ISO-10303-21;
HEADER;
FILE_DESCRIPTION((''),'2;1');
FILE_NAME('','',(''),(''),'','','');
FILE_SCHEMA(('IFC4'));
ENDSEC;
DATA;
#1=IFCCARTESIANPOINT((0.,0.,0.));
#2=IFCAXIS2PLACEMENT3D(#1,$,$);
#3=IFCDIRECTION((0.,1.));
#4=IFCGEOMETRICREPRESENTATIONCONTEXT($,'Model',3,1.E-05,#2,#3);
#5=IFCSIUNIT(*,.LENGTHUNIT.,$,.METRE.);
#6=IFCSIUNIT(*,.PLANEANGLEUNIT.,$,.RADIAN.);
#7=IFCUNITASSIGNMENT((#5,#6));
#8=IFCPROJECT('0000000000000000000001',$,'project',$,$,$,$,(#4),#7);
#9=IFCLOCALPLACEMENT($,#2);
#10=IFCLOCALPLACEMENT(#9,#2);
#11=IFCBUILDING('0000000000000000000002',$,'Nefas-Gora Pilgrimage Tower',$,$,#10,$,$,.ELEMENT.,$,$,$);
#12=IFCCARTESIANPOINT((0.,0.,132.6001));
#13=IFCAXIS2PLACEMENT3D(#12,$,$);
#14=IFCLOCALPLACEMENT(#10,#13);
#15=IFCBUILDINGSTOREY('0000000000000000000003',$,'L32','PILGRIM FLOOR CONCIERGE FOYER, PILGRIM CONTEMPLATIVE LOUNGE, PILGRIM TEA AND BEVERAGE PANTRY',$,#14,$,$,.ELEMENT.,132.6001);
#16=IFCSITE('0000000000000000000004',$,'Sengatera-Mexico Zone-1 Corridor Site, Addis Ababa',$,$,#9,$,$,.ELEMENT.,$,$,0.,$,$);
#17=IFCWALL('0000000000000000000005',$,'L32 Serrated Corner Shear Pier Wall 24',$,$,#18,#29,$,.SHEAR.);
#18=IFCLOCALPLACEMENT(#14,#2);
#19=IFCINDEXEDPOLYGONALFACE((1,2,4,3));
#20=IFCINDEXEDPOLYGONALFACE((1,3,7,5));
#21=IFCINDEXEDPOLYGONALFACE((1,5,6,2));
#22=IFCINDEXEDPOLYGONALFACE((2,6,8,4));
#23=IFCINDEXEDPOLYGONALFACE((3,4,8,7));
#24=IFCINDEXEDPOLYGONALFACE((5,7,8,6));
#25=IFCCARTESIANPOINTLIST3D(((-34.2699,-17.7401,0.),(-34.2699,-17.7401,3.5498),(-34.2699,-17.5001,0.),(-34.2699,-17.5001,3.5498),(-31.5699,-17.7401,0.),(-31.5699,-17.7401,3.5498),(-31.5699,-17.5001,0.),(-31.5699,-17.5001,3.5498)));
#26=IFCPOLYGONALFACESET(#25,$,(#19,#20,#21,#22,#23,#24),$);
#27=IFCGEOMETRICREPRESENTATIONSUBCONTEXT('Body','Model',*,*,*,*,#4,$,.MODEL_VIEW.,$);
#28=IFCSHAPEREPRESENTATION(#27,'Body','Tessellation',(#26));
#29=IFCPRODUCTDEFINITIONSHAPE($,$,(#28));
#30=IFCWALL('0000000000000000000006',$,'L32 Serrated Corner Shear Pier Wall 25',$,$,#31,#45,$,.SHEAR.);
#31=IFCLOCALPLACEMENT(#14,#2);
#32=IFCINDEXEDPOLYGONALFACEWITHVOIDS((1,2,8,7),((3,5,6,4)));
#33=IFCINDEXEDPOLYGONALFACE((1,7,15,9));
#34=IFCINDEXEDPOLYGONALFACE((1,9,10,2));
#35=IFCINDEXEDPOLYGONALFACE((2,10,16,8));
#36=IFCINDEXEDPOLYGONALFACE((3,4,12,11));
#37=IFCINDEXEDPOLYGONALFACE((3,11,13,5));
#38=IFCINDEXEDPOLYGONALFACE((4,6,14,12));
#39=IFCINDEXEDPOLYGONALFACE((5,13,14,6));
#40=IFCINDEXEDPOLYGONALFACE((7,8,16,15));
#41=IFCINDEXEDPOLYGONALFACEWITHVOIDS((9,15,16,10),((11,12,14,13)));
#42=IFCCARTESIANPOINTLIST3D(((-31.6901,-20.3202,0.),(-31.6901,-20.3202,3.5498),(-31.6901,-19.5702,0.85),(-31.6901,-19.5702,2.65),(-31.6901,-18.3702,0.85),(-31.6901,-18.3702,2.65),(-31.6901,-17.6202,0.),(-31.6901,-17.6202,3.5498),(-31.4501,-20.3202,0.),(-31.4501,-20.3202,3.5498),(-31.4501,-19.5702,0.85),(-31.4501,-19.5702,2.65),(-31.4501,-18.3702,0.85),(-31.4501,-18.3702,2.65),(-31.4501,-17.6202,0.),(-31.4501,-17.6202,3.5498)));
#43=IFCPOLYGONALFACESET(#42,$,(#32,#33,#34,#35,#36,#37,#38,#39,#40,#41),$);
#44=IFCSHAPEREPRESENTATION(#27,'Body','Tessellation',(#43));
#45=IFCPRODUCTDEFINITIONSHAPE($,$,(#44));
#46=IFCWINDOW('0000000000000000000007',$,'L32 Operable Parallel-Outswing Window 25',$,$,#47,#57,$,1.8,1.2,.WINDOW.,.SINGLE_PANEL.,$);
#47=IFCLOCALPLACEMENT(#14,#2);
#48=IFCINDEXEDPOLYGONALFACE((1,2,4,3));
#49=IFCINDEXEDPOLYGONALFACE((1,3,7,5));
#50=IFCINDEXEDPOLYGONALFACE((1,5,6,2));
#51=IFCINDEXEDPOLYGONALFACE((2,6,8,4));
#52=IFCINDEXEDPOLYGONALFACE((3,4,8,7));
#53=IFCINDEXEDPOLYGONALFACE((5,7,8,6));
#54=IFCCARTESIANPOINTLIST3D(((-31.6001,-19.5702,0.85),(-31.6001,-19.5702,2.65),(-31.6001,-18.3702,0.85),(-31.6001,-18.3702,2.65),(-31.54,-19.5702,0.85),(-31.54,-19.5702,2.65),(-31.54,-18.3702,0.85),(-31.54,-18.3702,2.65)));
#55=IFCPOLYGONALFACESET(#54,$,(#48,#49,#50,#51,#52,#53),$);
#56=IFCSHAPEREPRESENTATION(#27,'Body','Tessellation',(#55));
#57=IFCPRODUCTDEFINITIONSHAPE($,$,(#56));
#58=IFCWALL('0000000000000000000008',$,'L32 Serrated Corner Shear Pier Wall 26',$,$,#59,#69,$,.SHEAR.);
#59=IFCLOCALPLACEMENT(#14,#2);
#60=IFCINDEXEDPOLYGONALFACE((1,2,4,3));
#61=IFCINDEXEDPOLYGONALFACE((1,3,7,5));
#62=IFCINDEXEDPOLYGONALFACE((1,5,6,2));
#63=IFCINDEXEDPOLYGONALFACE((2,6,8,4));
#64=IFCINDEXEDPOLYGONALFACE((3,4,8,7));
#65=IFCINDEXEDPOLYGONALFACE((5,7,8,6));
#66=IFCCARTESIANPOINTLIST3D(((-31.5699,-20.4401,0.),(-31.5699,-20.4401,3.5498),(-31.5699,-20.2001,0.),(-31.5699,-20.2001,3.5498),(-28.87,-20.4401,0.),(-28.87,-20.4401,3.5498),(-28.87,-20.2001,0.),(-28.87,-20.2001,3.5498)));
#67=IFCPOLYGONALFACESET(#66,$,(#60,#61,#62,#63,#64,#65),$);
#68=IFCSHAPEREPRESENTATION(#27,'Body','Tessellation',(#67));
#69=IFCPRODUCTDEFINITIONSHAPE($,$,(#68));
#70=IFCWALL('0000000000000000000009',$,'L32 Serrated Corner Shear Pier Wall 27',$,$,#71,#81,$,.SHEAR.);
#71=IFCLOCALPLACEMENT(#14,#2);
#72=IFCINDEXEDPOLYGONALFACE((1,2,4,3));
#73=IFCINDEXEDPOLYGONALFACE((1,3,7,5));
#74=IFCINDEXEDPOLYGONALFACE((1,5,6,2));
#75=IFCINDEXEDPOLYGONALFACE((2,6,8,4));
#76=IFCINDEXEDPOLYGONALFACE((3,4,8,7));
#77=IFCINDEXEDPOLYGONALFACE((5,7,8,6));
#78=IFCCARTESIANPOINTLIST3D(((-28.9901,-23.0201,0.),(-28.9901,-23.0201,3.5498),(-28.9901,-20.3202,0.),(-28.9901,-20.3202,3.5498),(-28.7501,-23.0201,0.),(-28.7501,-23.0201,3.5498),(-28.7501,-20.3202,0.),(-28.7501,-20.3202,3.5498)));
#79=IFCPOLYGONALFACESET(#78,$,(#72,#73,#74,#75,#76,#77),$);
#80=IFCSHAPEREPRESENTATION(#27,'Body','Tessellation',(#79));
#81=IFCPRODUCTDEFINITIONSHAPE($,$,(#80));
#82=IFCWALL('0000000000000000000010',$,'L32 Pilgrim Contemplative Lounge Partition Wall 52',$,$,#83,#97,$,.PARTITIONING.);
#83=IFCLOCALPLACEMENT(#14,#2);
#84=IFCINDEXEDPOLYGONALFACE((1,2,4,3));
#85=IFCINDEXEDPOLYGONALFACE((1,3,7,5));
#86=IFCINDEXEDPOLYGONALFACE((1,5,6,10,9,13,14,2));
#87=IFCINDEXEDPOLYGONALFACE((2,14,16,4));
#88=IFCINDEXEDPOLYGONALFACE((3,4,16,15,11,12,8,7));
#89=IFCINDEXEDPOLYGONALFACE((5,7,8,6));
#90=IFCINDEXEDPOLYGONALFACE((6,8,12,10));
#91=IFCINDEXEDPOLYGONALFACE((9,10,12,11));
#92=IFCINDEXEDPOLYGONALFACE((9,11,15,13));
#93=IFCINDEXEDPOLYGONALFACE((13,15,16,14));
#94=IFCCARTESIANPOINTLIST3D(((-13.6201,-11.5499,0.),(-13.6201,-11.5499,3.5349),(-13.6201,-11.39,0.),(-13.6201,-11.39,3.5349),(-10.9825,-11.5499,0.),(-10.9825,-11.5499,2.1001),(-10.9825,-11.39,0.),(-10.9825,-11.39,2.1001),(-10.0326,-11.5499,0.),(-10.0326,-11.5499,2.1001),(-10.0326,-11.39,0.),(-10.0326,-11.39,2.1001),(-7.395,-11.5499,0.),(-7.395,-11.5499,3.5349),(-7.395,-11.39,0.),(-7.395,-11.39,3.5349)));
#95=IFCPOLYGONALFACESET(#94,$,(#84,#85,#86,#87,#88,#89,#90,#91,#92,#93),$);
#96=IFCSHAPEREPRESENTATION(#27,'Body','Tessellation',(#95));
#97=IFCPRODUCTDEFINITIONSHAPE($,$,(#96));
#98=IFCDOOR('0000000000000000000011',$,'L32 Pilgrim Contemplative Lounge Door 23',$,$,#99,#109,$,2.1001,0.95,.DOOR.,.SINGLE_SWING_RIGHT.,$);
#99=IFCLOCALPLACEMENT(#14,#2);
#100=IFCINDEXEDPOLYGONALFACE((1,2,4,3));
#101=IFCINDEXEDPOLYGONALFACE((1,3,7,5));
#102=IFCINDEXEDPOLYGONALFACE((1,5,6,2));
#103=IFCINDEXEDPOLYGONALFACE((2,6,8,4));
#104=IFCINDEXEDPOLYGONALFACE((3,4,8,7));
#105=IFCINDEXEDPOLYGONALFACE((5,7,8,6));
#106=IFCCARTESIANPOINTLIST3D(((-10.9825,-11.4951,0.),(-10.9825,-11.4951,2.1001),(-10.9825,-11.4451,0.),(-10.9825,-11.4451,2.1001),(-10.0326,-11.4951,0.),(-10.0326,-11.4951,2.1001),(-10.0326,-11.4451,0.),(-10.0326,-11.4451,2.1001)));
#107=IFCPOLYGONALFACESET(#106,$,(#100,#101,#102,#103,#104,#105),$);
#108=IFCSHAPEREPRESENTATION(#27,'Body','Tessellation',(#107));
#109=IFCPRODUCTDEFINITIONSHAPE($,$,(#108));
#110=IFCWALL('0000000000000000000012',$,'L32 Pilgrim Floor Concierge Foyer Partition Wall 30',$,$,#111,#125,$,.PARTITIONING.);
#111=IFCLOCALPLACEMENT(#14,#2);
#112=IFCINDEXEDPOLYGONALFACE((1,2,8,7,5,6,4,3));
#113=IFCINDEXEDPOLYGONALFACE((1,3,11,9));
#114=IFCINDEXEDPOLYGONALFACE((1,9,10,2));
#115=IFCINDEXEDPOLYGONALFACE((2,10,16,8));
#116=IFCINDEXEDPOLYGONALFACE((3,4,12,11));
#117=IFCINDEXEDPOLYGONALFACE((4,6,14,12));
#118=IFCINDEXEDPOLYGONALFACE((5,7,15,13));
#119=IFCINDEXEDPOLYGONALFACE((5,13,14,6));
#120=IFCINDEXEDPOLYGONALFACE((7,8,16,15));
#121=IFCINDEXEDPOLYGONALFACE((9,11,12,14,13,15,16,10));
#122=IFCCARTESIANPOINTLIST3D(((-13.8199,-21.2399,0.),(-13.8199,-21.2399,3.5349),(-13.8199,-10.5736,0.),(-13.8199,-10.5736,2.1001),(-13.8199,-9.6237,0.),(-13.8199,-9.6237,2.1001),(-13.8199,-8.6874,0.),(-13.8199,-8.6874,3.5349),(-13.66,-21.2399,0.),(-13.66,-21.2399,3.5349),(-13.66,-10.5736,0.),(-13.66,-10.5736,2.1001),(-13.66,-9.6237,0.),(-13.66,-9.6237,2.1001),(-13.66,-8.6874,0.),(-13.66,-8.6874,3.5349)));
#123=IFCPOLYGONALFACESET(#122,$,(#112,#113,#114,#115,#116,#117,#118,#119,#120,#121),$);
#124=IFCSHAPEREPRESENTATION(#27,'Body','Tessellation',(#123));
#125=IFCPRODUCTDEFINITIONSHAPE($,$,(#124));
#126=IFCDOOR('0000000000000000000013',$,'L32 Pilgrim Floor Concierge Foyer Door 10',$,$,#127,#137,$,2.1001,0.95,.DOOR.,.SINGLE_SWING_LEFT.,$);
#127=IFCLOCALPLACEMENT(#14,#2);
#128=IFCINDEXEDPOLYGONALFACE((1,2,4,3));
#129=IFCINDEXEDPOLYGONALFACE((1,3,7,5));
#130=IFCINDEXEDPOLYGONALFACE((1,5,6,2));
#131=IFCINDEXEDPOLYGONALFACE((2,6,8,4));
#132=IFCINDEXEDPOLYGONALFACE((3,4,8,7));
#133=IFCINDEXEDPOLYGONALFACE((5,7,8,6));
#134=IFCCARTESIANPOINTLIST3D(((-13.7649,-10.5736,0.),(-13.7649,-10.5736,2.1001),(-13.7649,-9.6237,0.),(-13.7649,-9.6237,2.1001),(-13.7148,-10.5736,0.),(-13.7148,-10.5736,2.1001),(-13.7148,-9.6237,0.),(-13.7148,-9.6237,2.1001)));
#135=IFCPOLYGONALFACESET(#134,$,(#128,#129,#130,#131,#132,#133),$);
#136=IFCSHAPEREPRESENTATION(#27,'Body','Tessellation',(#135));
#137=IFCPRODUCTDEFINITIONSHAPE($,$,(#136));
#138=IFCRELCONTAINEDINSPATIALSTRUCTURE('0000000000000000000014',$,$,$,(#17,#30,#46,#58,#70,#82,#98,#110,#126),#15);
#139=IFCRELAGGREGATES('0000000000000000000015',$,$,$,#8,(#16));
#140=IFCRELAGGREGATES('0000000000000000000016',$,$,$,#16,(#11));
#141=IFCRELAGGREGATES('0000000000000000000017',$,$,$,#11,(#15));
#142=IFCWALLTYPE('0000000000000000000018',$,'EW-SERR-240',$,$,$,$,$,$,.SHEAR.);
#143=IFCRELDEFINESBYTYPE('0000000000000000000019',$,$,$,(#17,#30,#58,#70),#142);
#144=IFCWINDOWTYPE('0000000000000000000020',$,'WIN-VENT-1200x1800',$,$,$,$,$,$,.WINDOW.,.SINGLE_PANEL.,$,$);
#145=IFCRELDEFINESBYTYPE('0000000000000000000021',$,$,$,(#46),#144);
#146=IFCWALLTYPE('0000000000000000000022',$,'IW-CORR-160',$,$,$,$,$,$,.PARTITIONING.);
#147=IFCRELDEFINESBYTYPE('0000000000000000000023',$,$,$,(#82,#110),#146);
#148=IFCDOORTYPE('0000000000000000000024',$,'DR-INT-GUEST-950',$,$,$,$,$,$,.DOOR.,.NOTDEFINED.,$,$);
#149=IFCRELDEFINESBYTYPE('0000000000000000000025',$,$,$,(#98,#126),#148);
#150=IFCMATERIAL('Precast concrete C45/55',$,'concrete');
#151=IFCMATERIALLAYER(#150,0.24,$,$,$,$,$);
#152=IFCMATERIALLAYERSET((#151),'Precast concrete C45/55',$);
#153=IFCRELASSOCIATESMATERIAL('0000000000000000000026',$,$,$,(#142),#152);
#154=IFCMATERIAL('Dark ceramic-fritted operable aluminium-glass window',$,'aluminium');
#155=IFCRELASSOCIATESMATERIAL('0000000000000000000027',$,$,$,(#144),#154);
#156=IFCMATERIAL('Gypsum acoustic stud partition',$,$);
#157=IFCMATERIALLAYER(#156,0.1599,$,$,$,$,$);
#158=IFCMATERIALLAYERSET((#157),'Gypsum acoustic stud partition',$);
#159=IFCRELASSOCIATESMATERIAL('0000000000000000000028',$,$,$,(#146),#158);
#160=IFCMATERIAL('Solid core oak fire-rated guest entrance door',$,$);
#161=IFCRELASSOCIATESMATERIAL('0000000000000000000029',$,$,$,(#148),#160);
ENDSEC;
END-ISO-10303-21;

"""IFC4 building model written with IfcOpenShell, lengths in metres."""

from ifc_helpers import new_model, si_unit, direction, frame, frame_2d, origin, place, context, subcontext, project, spatial, rectangle, extrude, source, transform, mapped, material, layer, layer_set, type_object, element, fill, save


model = new_model("IFC4")

# Units and contexts
model_context = context("Model", 3, precision=1e-05, world=origin(), true_north=direction((0.0, 1.0)))
body_context = subcontext(model_context, "Body", "Model", "MODEL_VIEW")
ifc_project = project(units=[si_unit("LENGTHUNIT", "METRE"), si_unit("PLANEANGLEUNIT", "RADIAN")], contexts=[model_context])

# Site, building, storey
site_placement = place(None, origin())
site = spatial("IfcSite", under=ifc_project, at=site_placement, Name="Sengatera-Mexico Zone-1 Corridor Site, Addis Ababa", CompositionType="ELEMENT", RefElevation=0.0)
building_placement = place(site_placement, origin())
building = spatial("IfcBuilding", under=site, at=building_placement, Name="Nefas-Gora Pilgrimage Tower", CompositionType="ELEMENT")
storey_placement = place(building_placement, frame((0.0, 0.0, 132.6001)))
storey = spatial("IfcBuildingStorey", under=building, at=storey_placement, Name="L32", Description="PILGRIM FLOOR CONCIERGE FOYER, PILGRIM CONTEMPLATIVE LOUNGE, PILGRIM TEA AND BEVERAGE PANTRY", CompositionType="ELEMENT", Elevation=132.6001)

# Wall
ifc_material_1 = material(Name="Precast concrete C45/55", Category="concrete")
ifc_layer_1 = layer(ifc_material_1, 0.24)
ifc_layer_set_1 = layer_set([ifc_layer_1], Name="Precast concrete C45/55")
wall_type_1 = type_object("IfcWallType", Name="EW-SERR-240", PredefinedType="SHEAR", material=ifc_layer_set_1)
shared_shape_1 = source(origin(), body_context, "Body", "SweptSolid", [
    extrude(rectangle(XDim=2.7, YDim=0.24, at=frame_2d((1.3501, 0.0))), origin(), (0.0, 0.0, 1.0), 3.5498),
])
wall_1_placement = place(storey_placement, frame((-34.27, -17.6201, 0.0), z_axis=(0.0, 0.0, 1.0), x_axis=(1.0, 0.0, 0.0)))
element("IfcWall", 1, at=wall_1_placement, inside=storey, type_object=wall_type_1, Name="L32 Serrated Corner Shear Pier Wall 24", PredefinedType="SHEAR", context=body_context, shape_type="MappedRepresentation", body=[
    mapped(shared_shape_1, transform((0.0, 0.0, 0.0), x_axis=(1.0, 0.0, 0.0), y_axis=(0.0, 1.0, 0.0), z_axis=(0.0, 0.0, 1.0), scale=1.0)),
])

# Wall, opening, window
wall_2_placement = place(storey_placement, frame((-31.5701, -17.6201, 0.0), z_axis=(0.0, 0.0, 1.0), x_axis=(0.0, -1.0, 0.0)))
wall_2 = element("IfcWall", 2, at=wall_2_placement, inside=storey, type_object=wall_type_1, Name="L32 Serrated Corner Shear Pier Wall 25", PredefinedType="SHEAR", context=body_context, shape_type="MappedRepresentation", body=[
    mapped(shared_shape_1, transform((0.0, 0.0, 0.0), x_axis=(1.0, 0.0, 0.0), y_axis=(0.0, 1.0, 0.0), z_axis=(0.0, 0.0, 1.0), scale=1.0)),
])
opening_1_placement = place(wall_2_placement, frame((0.75, 0.0, 0.8501)))
opening_1 = element("IfcOpeningElement", 3, at=opening_1_placement, cuts=wall_2, PredefinedType="OPENING", context=body_context, shape_type="SweptSolid", body=[
    extrude(rectangle(XDim=1.2, YDim=1.8, at=frame_2d((0.6001, 0.8999))), frame((0.0, 0.1299, 0.0), z_axis=(0.0, -1.0, 0.0), x_axis=(1.0, 0.0, 0.0)), (0.0, 0.0, 1.0), 0.26),
])
ifc_material_2 = material(Name="Dark ceramic-fritted operable aluminium-glass window", Category="aluminium")
window_type = type_object("IfcWindowType", Name="WIN-VENT-1200x1800", PartitioningType="SINGLE_PANEL", PredefinedType="WINDOW", material=ifc_material_2)
shared_shape_2 = source(origin(), body_context, "Body", "SweptSolid", [
    extrude(rectangle(XDim=1.2, YDim=1.8, at=frame_2d((0.6001, 0.8999))), frame((0.0, 0.03, 0.0), z_axis=(0.0, -1.0, 0.0), x_axis=(1.0, 0.0, 0.0)), (0.0, 0.0, 1.0), 0.0601),
])
window_placement = place(opening_1_placement, origin())
window = element("IfcWindow", 4, at=window_placement, inside=storey, type_object=window_type, Name="L32 Operable Parallel-Outswing Window 25", OverallHeight=1.8, OverallWidth=1.2, PartitioningType="SINGLE_PANEL", PredefinedType="WINDOW", context=body_context, shape_type="MappedRepresentation", body=[
    mapped(shared_shape_2, transform((0.0, 0.0, 0.0), x_axis=(1.0, 0.0, 0.0), y_axis=(0.0, 1.0, 0.0), z_axis=(0.0, 0.0, 1.0), scale=1.0)),
])
fill(opening_1, window)

# Walls
for number, where, z_axis, x_axis, name in (
    (5, (-31.5701, -20.3201, 0.0), (0.0, 0.0, 1.0), (1.0, 0.0, 0.0), "L32 Serrated Corner Shear Pier Wall 26"),
    (6, (-28.8701, -20.3201, 0.0), (0.0, 0.0, 1.0), (0.0, -1.0, 0.0), "L32 Serrated Corner Shear Pier Wall 27"),
):
    element("IfcWall", number, at=place(storey_placement, frame(where, z_axis=z_axis, x_axis=x_axis)), inside=storey, type_object=wall_type_1, Name=name, PredefinedType="SHEAR", context=body_context, shape_type="MappedRepresentation", body=[
        mapped(shared_shape_1, transform((0.0, 0.0, 0.0), x_axis=(1.0, 0.0, 0.0), y_axis=(0.0, 1.0, 0.0), z_axis=(0.0, 0.0, 1.0), scale=1.0)),
    ])

# Walls, openings, doors
ifc_material_3 = material(Name="Gypsum acoustic stud partition")
ifc_layer_2 = layer(ifc_material_3, 0.1599)
ifc_layer_set_2 = layer_set([ifc_layer_2], Name="Gypsum acoustic stud partition")
wall_type_2 = type_object("IfcWallType", Name="IW-CORR-160", PredefinedType="PARTITIONING", material=ifc_layer_set_2)
shared_shape_3 = source(origin(), body_context, "Body", "SweptSolid", [
    extrude(rectangle(XDim=6.2251, YDim=0.1599, at=frame_2d((3.1125, 0.0))), origin(), (0.0, 0.0, 1.0), 3.5349),
])
wall_3_placement = place(storey_placement, frame((-13.6201, -11.47, 0.0), z_axis=(0.0, 0.0, 1.0), x_axis=(1.0, 0.0, 0.0)))
wall_3 = element("IfcWall", 7, at=wall_3_placement, inside=storey, type_object=wall_type_2, Name="L32 Pilgrim Contemplative Lounge Partition Wall 52", PredefinedType="PARTITIONING", context=body_context, shape_type="MappedRepresentation", body=[
    mapped(shared_shape_3, transform((0.0, 0.0, 0.0), x_axis=(1.0, 0.0, 0.0), y_axis=(0.0, 1.0, 0.0), z_axis=(0.0, 0.0, 1.0), scale=1.0)),
])
opening_2_placement = place(wall_3_placement, frame((2.6375, 0.0, 0.0)))
opening_2 = element("IfcOpeningElement", 8, at=opening_2_placement, cuts=wall_3, PredefinedType="OPENING", context=body_context, shape_type="SweptSolid", body=[
    extrude(rectangle(XDim=0.95, YDim=2.1001, at=frame_2d((0.4751, 1.05))), frame((0.0, 0.0898, 0.0), z_axis=(0.0, -1.0, 0.0), x_axis=(1.0, 0.0, 0.0)), (0.0, 0.0, 1.0), 0.1799),
])
ifc_material_4 = material(Name="Solid core oak fire-rated guest entrance door")
door_type = type_object("IfcDoorType", Name="DR-INT-GUEST-950", OperationType="NOTDEFINED", PredefinedType="DOOR", material=ifc_material_4)
shared_shape_4 = source(origin(), body_context, "Body", "SweptSolid", [
    extrude(rectangle(XDim=0.95, YDim=2.1001, at=frame_2d((0.4751, 1.05))), frame((0.0, 0.0249, 0.0), z_axis=(0.0, -1.0, 0.0), x_axis=(1.0, 0.0, 0.0)), (0.0, 0.0, 1.0), 0.05),
])
door_1_placement = place(opening_2_placement, origin())
door_1 = element("IfcDoor", 9, at=door_1_placement, inside=storey, type_object=door_type, Name="L32 Pilgrim Contemplative Lounge Door 23", OperationType="SINGLE_SWING_RIGHT", OverallHeight=2.1001, OverallWidth=0.95, PredefinedType="DOOR", context=body_context, shape_type="MappedRepresentation", body=[
    mapped(shared_shape_4, transform((0.0, 0.0, 0.0), x_axis=(1.0, 0.0, 0.0), y_axis=(0.0, 1.0, 0.0), z_axis=(0.0, 0.0, 1.0), scale=1.0)),
])
fill(opening_2, door_1)
shared_shape_5 = source(origin(), body_context, "Body", "SweptSolid", [
    extrude(rectangle(XDim=12.5525, YDim=0.1599, at=frame_2d((6.2764, 0.0))), origin(), (0.0, 0.0, 1.0), 3.5349),
])
wall_4_placement = place(storey_placement, frame((-13.74, -21.24, 0.0), z_axis=(0.0, 0.0, 1.0), x_axis=(0.0, 1.0, 0.0)))
wall_4 = element("IfcWall", 10, at=wall_4_placement, inside=storey, type_object=wall_type_2, Name="L32 Pilgrim Floor Concierge Foyer Partition Wall 30", PredefinedType="PARTITIONING", context=body_context, shape_type="MappedRepresentation", body=[
    mapped(shared_shape_5, transform((0.0, 0.0, 0.0), x_axis=(1.0, 0.0, 0.0), y_axis=(0.0, 1.0, 0.0), z_axis=(0.0, 0.0, 1.0), scale=1.0)),
])
opening_3_placement = place(wall_4_placement, frame((10.6663, 0.0, 0.0)))
opening_3 = element("IfcOpeningElement", 11, at=opening_3_placement, cuts=wall_4, PredefinedType="OPENING", context=body_context, shape_type="SweptSolid", body=[
    extrude(rectangle(XDim=0.95, YDim=2.1001, at=frame_2d((0.4751, 1.05))), frame((0.0, 0.0898, 0.0), z_axis=(0.0, -1.0, 0.0), x_axis=(1.0, 0.0, 0.0)), (0.0, 0.0, 1.0), 0.1799),
])
door_2_placement = place(opening_3_placement, origin())
door_2 = element("IfcDoor", 12, at=door_2_placement, inside=storey, type_object=door_type, Name="L32 Pilgrim Floor Concierge Foyer Door 10", OperationType="SINGLE_SWING_LEFT", OverallHeight=2.1001, OverallWidth=0.95, PredefinedType="DOOR", context=body_context, shape_type="MappedRepresentation", body=[
    mapped(shared_shape_4, transform((0.0, 0.0, 0.0), x_axis=(1.0, 0.0, 0.0), y_axis=(0.0, 1.0, 0.0), z_axis=(0.0, 0.0, 1.0), scale=1.0)),
])
fill(opening_3, door_2)

save(model, "model.ifc")
